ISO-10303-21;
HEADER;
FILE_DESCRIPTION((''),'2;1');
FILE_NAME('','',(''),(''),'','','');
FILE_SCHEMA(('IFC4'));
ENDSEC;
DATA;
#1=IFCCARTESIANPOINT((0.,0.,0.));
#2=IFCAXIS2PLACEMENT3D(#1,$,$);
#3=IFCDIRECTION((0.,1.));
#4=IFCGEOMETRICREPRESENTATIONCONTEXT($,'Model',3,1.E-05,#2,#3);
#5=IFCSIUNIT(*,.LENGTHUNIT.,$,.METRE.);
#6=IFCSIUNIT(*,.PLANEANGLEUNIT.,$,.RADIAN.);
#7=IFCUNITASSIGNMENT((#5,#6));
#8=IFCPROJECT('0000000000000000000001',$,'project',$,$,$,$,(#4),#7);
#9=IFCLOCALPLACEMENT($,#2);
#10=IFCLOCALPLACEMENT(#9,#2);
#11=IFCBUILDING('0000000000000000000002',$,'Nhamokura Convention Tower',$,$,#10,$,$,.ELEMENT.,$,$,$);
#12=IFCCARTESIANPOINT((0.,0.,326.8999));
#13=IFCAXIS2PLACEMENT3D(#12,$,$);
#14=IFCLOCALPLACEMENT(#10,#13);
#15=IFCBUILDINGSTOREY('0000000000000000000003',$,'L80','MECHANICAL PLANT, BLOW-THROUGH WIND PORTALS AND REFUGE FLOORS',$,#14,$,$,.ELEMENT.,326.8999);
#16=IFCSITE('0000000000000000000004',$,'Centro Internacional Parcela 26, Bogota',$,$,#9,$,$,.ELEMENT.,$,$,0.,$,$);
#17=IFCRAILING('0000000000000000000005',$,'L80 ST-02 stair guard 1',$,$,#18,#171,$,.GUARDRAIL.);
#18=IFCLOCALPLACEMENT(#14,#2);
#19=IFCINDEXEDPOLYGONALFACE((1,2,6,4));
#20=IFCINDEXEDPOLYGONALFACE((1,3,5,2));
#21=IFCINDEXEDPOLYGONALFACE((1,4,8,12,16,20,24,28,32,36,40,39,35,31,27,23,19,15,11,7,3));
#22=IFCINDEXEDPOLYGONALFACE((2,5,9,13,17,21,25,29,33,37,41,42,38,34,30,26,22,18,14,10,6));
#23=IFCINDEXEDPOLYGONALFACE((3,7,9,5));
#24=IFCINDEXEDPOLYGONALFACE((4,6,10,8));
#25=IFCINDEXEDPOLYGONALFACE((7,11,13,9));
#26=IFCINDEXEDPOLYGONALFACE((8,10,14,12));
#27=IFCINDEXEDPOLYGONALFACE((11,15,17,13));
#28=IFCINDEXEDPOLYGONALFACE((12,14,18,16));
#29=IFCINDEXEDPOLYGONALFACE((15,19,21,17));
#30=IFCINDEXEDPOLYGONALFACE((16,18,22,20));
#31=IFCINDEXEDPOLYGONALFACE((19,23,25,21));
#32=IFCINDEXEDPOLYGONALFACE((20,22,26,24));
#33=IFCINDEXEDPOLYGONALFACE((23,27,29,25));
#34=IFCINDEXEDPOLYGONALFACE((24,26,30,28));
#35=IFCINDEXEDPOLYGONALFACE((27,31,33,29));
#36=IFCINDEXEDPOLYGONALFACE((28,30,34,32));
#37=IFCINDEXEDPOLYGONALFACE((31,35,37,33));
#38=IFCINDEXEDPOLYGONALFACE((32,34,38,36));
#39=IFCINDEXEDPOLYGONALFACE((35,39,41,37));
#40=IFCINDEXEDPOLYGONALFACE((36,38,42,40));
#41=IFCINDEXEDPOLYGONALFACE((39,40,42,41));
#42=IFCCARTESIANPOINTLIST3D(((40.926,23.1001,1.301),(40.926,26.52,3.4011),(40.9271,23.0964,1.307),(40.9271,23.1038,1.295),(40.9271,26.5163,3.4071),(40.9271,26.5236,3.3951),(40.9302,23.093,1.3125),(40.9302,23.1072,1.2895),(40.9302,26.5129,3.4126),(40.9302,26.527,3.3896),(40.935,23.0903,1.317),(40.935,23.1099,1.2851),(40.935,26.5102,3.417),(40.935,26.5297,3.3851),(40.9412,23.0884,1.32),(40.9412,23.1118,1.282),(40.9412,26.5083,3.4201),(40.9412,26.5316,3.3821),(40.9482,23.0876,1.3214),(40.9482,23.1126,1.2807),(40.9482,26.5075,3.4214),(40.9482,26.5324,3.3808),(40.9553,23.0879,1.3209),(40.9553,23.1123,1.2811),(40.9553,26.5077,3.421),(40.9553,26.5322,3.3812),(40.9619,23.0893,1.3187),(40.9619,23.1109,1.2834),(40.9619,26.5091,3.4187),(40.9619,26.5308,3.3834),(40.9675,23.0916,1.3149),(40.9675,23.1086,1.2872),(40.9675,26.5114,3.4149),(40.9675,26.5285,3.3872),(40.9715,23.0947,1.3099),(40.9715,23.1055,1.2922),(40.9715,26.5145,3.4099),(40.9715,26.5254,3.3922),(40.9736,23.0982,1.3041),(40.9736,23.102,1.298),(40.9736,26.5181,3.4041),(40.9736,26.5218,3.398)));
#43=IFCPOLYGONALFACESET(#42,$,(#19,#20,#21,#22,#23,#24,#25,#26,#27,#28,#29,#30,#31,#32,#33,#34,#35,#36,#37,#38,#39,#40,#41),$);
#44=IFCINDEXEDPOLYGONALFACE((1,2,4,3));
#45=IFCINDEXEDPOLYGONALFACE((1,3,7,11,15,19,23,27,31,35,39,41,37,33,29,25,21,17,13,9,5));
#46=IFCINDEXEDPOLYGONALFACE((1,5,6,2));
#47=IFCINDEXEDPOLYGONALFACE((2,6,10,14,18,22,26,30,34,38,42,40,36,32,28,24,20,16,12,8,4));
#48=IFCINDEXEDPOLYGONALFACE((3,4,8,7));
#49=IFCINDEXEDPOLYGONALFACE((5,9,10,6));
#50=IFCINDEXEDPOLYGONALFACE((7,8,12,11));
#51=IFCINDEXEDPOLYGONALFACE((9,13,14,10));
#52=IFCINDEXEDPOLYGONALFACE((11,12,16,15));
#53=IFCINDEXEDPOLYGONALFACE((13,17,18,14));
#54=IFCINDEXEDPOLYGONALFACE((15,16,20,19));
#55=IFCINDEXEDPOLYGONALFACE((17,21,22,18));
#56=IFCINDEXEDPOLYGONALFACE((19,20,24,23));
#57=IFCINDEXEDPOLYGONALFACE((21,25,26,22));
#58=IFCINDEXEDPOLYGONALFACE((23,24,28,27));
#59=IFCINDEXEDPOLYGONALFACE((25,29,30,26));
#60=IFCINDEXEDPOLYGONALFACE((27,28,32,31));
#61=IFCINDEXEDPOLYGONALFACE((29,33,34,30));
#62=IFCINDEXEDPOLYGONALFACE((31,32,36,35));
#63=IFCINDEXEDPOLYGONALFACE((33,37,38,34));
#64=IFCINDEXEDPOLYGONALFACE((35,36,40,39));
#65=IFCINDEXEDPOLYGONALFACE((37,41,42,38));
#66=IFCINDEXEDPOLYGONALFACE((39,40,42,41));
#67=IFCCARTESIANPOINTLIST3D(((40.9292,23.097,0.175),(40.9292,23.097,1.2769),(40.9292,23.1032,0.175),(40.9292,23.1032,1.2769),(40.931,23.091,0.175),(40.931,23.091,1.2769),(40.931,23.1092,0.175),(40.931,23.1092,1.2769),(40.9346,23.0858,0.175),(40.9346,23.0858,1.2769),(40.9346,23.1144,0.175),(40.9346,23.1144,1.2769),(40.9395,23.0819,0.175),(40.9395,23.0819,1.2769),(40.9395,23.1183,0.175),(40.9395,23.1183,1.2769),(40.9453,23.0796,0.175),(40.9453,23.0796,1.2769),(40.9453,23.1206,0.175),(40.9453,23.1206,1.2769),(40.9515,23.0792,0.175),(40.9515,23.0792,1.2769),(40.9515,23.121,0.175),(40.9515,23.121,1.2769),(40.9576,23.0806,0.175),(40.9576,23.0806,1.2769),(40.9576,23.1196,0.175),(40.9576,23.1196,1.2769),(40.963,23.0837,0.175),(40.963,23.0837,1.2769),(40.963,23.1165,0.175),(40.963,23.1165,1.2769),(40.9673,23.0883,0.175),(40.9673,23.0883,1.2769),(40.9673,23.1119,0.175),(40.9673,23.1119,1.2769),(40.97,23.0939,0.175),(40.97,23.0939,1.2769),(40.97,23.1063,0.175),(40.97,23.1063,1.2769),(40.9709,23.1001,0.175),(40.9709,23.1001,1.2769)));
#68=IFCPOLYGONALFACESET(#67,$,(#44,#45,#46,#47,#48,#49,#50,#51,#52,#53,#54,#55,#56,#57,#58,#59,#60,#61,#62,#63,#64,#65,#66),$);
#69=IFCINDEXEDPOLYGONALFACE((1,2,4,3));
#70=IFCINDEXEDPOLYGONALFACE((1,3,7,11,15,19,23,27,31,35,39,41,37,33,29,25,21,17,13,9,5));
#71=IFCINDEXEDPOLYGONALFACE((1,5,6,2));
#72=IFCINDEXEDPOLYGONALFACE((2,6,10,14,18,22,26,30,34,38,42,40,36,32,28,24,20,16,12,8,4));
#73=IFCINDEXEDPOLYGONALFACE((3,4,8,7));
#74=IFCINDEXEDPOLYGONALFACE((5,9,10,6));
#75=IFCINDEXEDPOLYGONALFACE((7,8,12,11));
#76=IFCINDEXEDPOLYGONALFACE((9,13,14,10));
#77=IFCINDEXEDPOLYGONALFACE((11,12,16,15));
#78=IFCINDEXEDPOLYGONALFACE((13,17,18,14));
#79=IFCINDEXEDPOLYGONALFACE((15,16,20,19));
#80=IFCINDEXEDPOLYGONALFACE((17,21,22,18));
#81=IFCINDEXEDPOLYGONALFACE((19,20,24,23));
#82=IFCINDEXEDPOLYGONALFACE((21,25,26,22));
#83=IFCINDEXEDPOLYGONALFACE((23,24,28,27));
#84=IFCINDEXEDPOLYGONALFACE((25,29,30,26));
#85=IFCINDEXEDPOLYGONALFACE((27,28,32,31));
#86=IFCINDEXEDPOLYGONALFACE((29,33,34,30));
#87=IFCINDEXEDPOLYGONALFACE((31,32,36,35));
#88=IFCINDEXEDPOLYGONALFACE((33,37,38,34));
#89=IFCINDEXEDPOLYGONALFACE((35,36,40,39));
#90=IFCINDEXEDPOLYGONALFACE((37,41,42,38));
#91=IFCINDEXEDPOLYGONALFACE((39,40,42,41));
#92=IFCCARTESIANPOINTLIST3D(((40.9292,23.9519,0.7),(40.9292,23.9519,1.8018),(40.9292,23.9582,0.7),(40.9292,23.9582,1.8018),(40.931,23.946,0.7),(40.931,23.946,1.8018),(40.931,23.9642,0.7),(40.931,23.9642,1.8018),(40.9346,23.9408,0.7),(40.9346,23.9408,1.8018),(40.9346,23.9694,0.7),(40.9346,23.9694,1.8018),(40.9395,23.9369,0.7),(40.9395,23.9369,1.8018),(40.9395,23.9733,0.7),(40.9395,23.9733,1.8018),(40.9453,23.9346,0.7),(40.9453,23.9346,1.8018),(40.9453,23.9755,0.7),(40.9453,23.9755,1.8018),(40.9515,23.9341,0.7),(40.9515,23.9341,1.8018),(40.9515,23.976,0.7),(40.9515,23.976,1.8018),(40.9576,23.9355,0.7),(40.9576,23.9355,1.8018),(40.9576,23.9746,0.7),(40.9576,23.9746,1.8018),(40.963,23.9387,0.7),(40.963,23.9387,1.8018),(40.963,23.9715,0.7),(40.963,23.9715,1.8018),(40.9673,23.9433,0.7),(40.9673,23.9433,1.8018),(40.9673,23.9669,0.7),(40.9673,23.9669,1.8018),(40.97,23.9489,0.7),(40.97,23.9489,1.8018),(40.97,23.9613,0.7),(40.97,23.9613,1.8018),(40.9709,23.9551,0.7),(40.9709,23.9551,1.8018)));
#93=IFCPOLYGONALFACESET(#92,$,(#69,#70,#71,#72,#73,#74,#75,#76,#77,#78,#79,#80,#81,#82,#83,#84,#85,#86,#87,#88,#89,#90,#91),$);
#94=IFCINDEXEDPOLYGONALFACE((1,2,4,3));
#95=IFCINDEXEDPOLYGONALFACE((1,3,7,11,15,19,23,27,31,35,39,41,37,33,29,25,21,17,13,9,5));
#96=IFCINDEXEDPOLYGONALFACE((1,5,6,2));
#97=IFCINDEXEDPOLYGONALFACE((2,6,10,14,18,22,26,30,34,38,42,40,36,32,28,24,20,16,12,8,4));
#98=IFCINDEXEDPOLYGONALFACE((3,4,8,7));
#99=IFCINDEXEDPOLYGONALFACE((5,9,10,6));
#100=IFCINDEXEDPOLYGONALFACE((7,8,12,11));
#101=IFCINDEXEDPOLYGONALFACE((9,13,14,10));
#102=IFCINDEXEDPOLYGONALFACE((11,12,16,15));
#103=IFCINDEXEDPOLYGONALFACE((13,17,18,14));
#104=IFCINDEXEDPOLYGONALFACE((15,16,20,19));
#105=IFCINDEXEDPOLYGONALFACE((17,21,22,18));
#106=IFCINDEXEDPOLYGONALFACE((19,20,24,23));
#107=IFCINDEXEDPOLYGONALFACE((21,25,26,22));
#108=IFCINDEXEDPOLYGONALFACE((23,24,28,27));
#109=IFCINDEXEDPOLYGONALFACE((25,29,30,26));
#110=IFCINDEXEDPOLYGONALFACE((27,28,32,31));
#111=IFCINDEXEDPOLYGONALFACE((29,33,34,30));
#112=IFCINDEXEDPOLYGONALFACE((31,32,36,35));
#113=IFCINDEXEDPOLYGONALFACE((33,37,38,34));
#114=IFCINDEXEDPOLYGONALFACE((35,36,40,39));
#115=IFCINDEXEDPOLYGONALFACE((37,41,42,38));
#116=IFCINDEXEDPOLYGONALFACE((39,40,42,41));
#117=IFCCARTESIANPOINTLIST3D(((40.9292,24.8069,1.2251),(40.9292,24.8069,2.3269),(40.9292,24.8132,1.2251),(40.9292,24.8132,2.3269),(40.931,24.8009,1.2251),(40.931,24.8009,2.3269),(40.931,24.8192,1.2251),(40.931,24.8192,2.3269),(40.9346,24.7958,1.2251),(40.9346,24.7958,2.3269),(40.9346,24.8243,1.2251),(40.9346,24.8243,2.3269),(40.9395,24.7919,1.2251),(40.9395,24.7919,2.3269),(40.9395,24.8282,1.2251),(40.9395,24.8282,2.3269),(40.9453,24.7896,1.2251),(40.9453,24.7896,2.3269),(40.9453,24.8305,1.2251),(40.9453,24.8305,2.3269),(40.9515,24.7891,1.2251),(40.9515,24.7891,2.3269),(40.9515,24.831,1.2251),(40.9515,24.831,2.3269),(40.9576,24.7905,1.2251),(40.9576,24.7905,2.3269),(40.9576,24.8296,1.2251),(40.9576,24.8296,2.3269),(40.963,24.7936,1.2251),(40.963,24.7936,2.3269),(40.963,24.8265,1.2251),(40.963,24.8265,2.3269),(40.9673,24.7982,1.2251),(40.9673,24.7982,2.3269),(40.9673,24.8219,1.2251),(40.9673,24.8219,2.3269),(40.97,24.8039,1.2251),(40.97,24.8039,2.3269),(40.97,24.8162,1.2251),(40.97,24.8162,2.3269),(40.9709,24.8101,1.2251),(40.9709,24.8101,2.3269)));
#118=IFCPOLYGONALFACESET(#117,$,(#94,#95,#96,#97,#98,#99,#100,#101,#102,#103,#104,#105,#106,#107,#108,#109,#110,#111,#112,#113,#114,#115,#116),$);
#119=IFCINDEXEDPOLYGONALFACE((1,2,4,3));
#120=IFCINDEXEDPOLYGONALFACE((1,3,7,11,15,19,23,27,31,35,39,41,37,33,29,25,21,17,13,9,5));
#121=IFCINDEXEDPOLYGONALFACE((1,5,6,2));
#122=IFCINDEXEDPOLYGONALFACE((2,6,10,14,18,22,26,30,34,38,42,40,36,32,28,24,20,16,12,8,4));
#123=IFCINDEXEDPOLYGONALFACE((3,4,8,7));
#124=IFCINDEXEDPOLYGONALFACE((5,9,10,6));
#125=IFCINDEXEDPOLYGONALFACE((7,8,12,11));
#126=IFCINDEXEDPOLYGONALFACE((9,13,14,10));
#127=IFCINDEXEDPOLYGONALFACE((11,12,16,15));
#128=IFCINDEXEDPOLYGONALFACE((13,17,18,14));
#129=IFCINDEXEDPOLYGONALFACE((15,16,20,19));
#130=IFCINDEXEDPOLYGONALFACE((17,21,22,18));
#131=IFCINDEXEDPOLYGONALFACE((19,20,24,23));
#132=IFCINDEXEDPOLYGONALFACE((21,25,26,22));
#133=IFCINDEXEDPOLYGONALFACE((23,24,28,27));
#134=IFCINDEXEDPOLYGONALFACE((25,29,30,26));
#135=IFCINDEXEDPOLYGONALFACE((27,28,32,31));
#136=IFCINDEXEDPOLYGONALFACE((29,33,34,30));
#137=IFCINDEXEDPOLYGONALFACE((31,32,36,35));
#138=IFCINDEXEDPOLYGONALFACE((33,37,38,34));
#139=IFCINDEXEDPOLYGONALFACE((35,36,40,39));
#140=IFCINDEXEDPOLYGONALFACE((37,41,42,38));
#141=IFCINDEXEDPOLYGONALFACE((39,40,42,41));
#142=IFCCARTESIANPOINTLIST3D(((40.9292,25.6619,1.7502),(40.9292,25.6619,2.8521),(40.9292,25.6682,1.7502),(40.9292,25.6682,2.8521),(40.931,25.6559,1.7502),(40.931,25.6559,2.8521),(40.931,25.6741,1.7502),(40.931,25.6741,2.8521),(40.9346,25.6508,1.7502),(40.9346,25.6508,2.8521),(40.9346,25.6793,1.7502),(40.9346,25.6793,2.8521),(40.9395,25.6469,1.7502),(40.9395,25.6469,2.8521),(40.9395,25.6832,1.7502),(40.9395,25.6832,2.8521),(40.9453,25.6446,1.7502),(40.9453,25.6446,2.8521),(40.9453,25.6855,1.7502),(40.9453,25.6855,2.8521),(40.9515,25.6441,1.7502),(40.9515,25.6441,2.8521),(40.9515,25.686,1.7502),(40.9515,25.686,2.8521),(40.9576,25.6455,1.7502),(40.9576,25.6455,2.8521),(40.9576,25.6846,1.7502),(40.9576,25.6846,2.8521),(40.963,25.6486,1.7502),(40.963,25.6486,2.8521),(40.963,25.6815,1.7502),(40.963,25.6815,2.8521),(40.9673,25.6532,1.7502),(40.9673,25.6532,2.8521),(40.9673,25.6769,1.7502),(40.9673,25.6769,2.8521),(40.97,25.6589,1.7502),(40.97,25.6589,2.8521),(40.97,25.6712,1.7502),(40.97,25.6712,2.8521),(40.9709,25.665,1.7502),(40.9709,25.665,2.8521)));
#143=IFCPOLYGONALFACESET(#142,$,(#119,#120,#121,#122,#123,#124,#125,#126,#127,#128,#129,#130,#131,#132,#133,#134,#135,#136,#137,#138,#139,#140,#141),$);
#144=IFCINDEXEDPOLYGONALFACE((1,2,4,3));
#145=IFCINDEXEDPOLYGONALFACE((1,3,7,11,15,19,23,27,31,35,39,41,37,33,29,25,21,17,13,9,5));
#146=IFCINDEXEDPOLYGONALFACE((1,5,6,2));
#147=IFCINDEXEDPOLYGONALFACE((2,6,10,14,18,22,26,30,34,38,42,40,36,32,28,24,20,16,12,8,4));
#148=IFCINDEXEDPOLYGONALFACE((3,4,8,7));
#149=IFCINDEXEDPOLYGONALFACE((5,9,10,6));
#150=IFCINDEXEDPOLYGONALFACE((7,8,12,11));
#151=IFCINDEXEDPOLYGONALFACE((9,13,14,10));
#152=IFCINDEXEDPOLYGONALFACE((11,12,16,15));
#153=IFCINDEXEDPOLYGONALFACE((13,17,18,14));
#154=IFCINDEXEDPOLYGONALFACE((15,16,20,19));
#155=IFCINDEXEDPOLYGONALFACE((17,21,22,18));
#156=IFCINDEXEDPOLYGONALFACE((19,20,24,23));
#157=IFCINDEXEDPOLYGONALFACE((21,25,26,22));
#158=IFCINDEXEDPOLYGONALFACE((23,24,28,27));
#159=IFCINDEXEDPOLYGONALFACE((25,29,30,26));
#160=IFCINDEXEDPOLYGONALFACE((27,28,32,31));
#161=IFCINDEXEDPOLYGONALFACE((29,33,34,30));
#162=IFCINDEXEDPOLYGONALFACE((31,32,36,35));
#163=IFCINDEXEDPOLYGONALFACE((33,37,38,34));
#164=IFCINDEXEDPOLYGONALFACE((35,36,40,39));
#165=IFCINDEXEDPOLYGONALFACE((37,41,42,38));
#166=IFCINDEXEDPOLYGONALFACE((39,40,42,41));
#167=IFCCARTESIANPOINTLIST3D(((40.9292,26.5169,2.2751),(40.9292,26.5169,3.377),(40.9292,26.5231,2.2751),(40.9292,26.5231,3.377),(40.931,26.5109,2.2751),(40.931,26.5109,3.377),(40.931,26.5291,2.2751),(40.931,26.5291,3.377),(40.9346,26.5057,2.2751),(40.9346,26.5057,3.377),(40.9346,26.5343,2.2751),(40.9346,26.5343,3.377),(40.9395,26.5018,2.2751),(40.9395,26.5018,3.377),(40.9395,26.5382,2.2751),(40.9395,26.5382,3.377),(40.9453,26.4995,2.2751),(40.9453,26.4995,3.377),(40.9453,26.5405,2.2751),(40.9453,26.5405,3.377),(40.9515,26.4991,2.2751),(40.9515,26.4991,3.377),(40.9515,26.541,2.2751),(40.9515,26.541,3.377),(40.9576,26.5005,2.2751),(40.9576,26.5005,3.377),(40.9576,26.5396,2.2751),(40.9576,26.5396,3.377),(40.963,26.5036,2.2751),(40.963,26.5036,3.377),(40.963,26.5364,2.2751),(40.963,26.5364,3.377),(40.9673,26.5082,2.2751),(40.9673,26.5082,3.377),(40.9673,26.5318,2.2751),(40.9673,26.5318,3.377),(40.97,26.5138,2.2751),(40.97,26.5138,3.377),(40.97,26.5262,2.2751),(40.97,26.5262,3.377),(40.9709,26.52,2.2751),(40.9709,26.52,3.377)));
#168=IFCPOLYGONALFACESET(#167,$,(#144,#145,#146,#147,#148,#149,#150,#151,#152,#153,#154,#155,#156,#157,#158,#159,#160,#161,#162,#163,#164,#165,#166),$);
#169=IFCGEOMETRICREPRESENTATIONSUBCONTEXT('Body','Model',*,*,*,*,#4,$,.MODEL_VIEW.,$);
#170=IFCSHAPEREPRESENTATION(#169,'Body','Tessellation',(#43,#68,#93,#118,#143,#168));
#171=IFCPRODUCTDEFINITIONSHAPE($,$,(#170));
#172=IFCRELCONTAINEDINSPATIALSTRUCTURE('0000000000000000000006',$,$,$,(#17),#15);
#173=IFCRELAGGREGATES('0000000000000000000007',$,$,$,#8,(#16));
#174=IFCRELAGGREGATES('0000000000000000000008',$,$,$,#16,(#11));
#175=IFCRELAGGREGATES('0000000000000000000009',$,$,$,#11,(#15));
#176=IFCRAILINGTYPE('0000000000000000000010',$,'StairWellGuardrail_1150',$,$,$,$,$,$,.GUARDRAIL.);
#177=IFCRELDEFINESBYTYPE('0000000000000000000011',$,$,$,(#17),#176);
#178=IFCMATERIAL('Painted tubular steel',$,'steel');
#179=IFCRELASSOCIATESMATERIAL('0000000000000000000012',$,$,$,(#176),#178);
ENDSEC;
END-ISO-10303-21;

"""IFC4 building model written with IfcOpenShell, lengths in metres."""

from ifc_helpers import new_model, si_unit, direction, frame, origin, origin_2d, place, context, subcontext, project, spatial, circle, extrude, material, type_object, element, save


model = new_model("IFC4")

# Units and contexts
model_context = context("Model", 3, precision=1e-05, world=origin(), true_north=direction((0.0, 1.0)))
body_context = subcontext(model_context, "Body", "Model", "MODEL_VIEW")
ifc_project = project(units=[si_unit("LENGTHUNIT", "METRE"), si_unit("PLANEANGLEUNIT", "RADIAN")], contexts=[model_context])

# Site, building, storey
site_placement = place(None, origin())
site = spatial("IfcSite", under=ifc_project, at=site_placement, Name="Centro Internacional Parcela 26, Bogota", CompositionType="ELEMENT", RefElevation=0.0)
building_placement = place(site_placement, origin())
building = spatial("IfcBuilding", under=site, at=building_placement, Name="Nhamokura Convention Tower", CompositionType="ELEMENT")
storey_placement = place(building_placement, frame((0.0, 0.0, 326.8999)))
storey = spatial("IfcBuildingStorey", under=building, at=storey_placement, Name="L80", Description="MECHANICAL PLANT, BLOW-THROUGH WIND PORTALS AND REFUGE FLOORS", CompositionType="ELEMENT", Elevation=326.8999)

# Railing
ifc_material_1 = material(Name="Painted tubular steel", Category="steel")
railing_type_1 = type_object("IfcRailingType", Name="StairWellGuardrail_1150", PredefinedType="GUARDRAIL", material=ifc_material_1)
railing_1_placement = place(storey_placement, frame((40.95, 23.1001, 0.175)))
element("IfcRailing", 1, at=railing_1_placement, inside=storey, type_object=railing_type_1, Name="L80 ST-02 stair guard 1", PredefinedType="GUARDRAIL", context=body_context, shape_type="SweptSolid", body=[
    extrude(circle(Radius=0.0239, at=origin_2d()), frame((0.0, 0.0, 1.126), z_axis=(0.0, 0.852155, 0.523289), x_axis=(-1.0, 0.0, 0.0)), (0.0, 0.0, 1.0), 4.0132),
    extrude(circle(Radius=0.021, at=origin_2d()), origin(), (0.0, 0.0, 1.0), 1.1018),
    extrude(circle(Radius=0.021, at=origin_2d()), frame((0.0, 0.855, 0.5249)), (0.0, 0.0, 1.0), 1.1018),
    extrude(circle(Radius=0.021, at=origin_2d()), frame((0.0, 1.71, 1.05)), (0.0, 0.0, 1.0), 1.1018),
    extrude(circle(Radius=0.021, at=origin_2d()), frame((0.0, 2.5649, 1.5752)), (0.0, 0.0, 1.0), 1.1018),
    extrude(circle(Radius=0.021, at=origin_2d()), frame((0.0, 3.4199, 2.1001)), (0.0, 0.0, 1.0), 1.1018),
])

save(model, "model.ifc")
